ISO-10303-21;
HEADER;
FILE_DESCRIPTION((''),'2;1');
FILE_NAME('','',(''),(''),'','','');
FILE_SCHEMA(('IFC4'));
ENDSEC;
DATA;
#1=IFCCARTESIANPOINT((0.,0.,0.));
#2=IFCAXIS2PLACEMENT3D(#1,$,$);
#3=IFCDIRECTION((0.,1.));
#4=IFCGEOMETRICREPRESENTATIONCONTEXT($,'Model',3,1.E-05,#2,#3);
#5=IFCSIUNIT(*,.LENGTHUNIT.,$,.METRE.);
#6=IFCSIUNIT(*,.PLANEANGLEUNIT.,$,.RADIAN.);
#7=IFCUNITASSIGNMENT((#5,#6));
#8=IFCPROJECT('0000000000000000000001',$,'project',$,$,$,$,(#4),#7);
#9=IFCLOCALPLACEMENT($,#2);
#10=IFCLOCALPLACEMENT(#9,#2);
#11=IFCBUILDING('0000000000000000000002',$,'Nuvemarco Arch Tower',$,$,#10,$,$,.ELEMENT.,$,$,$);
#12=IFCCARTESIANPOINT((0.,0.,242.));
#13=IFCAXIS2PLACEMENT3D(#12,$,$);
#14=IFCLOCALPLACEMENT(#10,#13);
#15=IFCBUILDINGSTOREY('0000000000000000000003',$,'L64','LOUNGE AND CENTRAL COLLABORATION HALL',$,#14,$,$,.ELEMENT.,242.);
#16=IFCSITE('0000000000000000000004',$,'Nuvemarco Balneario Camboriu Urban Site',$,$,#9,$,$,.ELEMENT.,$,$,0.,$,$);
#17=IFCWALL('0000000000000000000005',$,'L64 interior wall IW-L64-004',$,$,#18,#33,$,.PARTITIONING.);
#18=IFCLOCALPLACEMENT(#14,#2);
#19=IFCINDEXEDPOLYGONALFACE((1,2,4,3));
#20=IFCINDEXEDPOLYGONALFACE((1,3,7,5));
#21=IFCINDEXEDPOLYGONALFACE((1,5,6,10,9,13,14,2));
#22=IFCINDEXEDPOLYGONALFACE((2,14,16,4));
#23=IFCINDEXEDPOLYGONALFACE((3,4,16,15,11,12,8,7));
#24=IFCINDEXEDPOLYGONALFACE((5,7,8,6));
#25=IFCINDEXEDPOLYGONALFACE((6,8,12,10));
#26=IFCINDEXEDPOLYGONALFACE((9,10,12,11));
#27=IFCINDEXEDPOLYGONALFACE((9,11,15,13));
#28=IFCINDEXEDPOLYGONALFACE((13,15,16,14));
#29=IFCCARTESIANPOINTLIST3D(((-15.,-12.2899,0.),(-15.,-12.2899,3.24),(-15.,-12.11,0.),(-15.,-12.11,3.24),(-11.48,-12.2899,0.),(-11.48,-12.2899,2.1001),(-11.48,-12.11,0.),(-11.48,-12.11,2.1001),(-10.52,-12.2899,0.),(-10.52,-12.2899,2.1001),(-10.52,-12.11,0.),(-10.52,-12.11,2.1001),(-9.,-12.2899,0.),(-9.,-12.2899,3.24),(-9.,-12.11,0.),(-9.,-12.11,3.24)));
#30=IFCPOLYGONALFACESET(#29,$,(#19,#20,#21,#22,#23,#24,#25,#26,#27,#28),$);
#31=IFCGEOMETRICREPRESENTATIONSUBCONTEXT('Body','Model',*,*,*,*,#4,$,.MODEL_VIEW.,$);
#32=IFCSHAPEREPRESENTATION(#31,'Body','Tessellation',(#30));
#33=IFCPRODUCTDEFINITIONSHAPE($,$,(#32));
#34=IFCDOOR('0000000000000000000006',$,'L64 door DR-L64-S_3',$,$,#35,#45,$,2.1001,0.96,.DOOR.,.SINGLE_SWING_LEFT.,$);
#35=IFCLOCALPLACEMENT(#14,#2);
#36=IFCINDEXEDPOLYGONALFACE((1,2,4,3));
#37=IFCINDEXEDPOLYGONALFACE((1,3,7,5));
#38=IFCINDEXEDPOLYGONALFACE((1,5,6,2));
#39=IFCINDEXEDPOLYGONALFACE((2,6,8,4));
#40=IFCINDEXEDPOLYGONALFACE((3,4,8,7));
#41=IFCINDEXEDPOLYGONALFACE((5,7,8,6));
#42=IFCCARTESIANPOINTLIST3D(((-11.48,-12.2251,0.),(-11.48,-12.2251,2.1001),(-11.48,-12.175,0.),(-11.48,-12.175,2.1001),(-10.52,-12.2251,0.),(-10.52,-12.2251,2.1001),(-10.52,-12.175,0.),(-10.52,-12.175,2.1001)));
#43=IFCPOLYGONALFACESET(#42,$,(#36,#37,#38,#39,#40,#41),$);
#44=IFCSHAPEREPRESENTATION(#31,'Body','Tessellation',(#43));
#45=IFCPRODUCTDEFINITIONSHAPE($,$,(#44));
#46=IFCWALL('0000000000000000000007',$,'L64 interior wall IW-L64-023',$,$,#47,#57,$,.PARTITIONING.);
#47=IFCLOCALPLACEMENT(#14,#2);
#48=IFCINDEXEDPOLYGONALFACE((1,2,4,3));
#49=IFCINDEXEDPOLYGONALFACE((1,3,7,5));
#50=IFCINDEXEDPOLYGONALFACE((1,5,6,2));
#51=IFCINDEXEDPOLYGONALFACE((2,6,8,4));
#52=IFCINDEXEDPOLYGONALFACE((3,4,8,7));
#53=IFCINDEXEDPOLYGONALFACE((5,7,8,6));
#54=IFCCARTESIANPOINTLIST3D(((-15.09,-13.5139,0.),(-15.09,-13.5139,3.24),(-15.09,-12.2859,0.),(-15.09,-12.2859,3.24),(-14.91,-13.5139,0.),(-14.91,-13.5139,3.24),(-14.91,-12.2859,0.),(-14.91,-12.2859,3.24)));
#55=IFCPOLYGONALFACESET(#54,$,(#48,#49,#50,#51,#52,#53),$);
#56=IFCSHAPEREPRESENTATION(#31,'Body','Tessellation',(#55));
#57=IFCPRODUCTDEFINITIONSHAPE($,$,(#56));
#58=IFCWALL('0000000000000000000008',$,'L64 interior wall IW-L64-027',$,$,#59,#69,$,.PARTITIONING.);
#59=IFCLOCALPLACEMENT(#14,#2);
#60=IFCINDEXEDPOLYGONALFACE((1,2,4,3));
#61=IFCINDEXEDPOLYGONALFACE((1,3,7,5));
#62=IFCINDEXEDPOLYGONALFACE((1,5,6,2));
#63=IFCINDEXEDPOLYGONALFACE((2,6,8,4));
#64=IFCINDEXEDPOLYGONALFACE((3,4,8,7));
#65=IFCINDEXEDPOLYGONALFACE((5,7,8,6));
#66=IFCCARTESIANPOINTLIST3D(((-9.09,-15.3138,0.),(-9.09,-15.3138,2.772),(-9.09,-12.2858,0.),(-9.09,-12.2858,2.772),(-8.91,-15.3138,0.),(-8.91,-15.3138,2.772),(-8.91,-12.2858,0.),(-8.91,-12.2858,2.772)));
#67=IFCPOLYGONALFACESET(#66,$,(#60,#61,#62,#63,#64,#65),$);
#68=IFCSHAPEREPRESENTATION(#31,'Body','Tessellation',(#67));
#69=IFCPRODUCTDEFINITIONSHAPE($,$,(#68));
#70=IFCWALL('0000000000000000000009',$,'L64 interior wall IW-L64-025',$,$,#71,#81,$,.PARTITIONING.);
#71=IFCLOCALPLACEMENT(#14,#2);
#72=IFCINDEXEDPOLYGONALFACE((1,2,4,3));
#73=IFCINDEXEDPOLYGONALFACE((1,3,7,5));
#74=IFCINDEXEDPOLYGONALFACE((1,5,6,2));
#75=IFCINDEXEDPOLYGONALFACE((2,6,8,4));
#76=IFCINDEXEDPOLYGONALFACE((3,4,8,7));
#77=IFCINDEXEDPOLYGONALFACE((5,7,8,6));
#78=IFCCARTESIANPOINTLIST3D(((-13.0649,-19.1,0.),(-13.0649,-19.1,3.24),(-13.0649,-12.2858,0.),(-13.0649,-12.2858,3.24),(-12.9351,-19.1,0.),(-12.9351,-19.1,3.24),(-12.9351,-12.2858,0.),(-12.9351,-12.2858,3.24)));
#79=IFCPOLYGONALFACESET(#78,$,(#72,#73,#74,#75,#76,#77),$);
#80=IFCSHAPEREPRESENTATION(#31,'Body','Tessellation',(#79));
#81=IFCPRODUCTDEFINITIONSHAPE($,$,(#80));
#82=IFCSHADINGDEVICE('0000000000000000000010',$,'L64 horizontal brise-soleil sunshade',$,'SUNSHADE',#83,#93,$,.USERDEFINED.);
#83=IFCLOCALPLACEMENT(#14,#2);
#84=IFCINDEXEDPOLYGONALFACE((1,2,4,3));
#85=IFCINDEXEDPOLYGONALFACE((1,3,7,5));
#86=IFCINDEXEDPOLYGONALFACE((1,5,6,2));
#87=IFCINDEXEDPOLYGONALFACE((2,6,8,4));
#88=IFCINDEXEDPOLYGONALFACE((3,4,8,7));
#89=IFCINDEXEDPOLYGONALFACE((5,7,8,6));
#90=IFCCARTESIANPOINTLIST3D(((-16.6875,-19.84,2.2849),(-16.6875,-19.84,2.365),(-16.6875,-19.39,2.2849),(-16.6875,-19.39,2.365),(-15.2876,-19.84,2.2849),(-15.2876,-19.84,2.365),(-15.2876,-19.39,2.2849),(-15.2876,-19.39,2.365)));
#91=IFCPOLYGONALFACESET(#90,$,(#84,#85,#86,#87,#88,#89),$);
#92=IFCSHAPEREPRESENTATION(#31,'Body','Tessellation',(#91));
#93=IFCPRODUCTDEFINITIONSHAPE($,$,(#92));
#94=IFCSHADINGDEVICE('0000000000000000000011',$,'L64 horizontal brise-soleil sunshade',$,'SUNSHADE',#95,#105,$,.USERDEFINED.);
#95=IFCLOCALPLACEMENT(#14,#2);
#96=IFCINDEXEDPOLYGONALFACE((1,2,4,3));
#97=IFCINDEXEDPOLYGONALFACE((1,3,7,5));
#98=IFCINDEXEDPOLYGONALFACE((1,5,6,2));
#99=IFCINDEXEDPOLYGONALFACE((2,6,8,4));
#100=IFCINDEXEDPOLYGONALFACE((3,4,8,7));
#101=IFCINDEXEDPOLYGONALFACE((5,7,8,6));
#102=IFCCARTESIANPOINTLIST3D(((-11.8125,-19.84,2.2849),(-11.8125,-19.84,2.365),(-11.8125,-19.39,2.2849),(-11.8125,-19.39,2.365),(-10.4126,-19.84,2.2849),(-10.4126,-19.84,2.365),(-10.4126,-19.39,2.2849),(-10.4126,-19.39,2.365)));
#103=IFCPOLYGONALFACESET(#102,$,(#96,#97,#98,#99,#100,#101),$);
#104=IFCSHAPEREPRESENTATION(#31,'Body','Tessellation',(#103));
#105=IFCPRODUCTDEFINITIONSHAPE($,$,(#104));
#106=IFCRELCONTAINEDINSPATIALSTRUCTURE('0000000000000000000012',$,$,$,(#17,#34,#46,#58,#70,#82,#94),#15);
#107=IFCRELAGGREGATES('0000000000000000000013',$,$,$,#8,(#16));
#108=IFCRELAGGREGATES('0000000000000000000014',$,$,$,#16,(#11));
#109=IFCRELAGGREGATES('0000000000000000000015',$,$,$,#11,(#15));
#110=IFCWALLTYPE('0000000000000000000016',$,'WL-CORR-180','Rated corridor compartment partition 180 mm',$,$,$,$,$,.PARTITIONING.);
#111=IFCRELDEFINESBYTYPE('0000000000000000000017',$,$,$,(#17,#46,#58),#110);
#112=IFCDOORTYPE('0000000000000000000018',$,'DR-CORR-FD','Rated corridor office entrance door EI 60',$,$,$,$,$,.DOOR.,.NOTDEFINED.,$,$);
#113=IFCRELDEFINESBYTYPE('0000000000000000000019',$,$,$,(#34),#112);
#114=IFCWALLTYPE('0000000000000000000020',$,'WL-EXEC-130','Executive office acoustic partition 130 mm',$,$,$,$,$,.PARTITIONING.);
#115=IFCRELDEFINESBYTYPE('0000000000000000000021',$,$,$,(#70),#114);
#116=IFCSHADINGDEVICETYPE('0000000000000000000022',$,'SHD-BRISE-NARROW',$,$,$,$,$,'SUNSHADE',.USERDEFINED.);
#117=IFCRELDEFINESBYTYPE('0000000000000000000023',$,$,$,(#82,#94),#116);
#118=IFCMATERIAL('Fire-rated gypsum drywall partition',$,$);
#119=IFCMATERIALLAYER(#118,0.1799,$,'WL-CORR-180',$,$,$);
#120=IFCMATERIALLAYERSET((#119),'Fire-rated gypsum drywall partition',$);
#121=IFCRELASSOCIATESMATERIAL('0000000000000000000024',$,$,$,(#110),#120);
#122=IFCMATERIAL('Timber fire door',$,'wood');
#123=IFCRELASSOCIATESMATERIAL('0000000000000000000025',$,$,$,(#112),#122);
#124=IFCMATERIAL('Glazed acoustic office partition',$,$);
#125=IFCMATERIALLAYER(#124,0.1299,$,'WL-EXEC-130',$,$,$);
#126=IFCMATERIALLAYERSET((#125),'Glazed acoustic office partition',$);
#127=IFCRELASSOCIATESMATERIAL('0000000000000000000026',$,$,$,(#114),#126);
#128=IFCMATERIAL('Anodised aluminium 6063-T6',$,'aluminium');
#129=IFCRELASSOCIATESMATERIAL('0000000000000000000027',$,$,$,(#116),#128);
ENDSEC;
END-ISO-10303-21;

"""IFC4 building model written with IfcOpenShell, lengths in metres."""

from ifc_helpers import new_model, si_unit, direction, frame, frame_2d, origin, origin_2d, place, context, subcontext, project, spatial, rectangle, extrude, source, transform, mapped, material, layer, layer_set, type_object, type_shapes, element, fill, save


model = new_model("IFC4")

# Units and contexts
model_context = context("Model", 3, precision=1e-05, world=origin(), true_north=direction((0.0, 1.0)))
body_context = subcontext(model_context, "Body", "Model", "MODEL_VIEW")
ifc_project = project(units=[si_unit("LENGTHUNIT", "METRE"), si_unit("PLANEANGLEUNIT", "RADIAN")], contexts=[model_context])

# Site, building, storey
site_placement = place(None, origin())
site = spatial("IfcSite", under=ifc_project, at=site_placement, Name="Nuvemarco Balneario Camboriu Urban Site", CompositionType="ELEMENT", RefElevation=0.0)
building_placement = place(site_placement, origin())
building = spatial("IfcBuilding", under=site, at=building_placement, Name="Nuvemarco Arch Tower", CompositionType="ELEMENT")
storey_placement = place(building_placement, frame((0.0, 0.0, 242.0)))
storey = spatial("IfcBuildingStorey", under=building, at=storey_placement, Name="L64", Description="LOUNGE AND CENTRAL COLLABORATION HALL", CompositionType="ELEMENT", Elevation=242.0)

# Shared definitions
ifc_material_1 = material(Name="Fire-rated gypsum drywall partition")
ifc_layer_1 = layer(ifc_material_1, 0.1799, Name="WL-CORR-180")
ifc_layer_set_1 = layer_set([ifc_layer_1], Name="Fire-rated gypsum drywall partition")
wall_type_1 = type_object("IfcWallType", Name="WL-CORR-180", Description="Rated corridor compartment partition 180 mm", PredefinedType="PARTITIONING", material=ifc_layer_set_1)

# Wall, opening, door
wall_1_placement = place(storey_placement, frame((-15.0, -12.2, 0.0), z_axis=(0.0, 0.0, 1.0), x_axis=(1.0, 0.0, 0.0)))
wall_1 = element("IfcWall", 1, at=wall_1_placement, inside=storey, type_object=wall_type_1, Name="L64 interior wall IW-L64-004", PredefinedType="PARTITIONING", context=body_context, shape_type="SweptSolid", body=[
    extrude(rectangle(XDim=6.0, YDim=0.1799, at=frame_2d((3.0, 0.0))), origin(), (0.0, 0.0, 1.0), 3.24),
])
opening_placement = place(wall_1_placement, frame((3.52, 0.0, 0.0)))
opening = element("IfcOpeningElement", 2, at=opening_placement, cuts=wall_1, PredefinedType="OPENING", context=body_context, shape_type="SweptSolid", body=[
    extrude(rectangle(XDim=0.96, YDim=2.1001, at=frame_2d((0.48, 1.05))), frame((0.0, 0.0999, 0.0), z_axis=(0.0, -1.0, 0.0), x_axis=(1.0, 0.0, 0.0)), (0.0, 0.0, 1.0), 0.2),
])
ifc_material_2 = material(Name="Timber fire door", Category="wood")
door_type = type_object("IfcDoorType", Name="DR-CORR-FD", Description="Rated corridor office entrance door EI 60", OperationType="NOTDEFINED", PredefinedType="DOOR", material=ifc_material_2)
shared_shape_1 = source(origin(), body_context, "Body", "SweptSolid", [
    extrude(rectangle(XDim=0.96, YDim=2.1001, at=frame_2d((0.48, 1.05))), frame((0.0, 0.0249, 0.0), z_axis=(0.0, -1.0, 0.0), x_axis=(1.0, 0.0, 0.0)), (0.0, 0.0, 1.0), 0.05),
])
type_shapes(door_type, [shared_shape_1])
door_placement = place(opening_placement, origin())
door = element("IfcDoor", 3, at=door_placement, inside=storey, type_object=door_type, Name="L64 door DR-L64-S_3", OperationType="SINGLE_SWING_LEFT", OverallHeight=2.1001, OverallWidth=0.96, PredefinedType="DOOR", context=body_context, shape_type="MappedRepresentation", body=[
    mapped(shared_shape_1, transform((0.0, 0.0, 0.0), scale=1.0)),
])
fill(opening, door)

# Walls
wall_2_placement = place(storey_placement, frame((-15.0, -13.5139, 0.0), z_axis=(0.0, 0.0, 1.0), x_axis=(0.0, 1.0, 0.0)))
element("IfcWall", 4, at=wall_2_placement, inside=storey, type_object=wall_type_1, Name="L64 interior wall IW-L64-023", PredefinedType="PARTITIONING", context=body_context, shape_type="SweptSolid", body=[
    extrude(rectangle(XDim=1.228, YDim=0.1799, at=frame_2d((0.614, 0.0))), origin(), (0.0, 0.0, 1.0), 3.24),
])
wall_3_placement = place(storey_placement, frame((-9.0, -15.314, 0.0), z_axis=(0.0, 0.0, 1.0), x_axis=(0.0, 1.0, 0.0)))
element("IfcWall", 5, at=wall_3_placement, inside=storey, type_object=wall_type_1, Name="L64 interior wall IW-L64-027", PredefinedType="PARTITIONING", context=body_context, shape_type="SweptSolid", body=[
    extrude(rectangle(XDim=3.0281, YDim=0.1799, at=frame_2d((1.5142, 0.0))), origin(), (0.0, 0.0, 1.0), 2.772),
])
ifc_material_3 = material(Name="Glazed acoustic office partition")
ifc_layer_2 = layer(ifc_material_3, 0.1299, Name="WL-EXEC-130")
ifc_layer_set_2 = layer_set([ifc_layer_2], Name="Glazed acoustic office partition")
wall_type_2 = type_object("IfcWallType", Name="WL-EXEC-130", Description="Executive office acoustic partition 130 mm", PredefinedType="PARTITIONING", material=ifc_layer_set_2)
wall_4_placement = place(storey_placement, frame((-13.0, -19.1001, 0.0), z_axis=(0.0, 0.0, 1.0), x_axis=(0.0, 1.0, 0.0)))
element("IfcWall", 6, at=wall_4_placement, inside=storey, type_object=wall_type_2, Name="L64 interior wall IW-L64-025", PredefinedType="PARTITIONING", context=body_context, shape_type="SweptSolid", body=[
    extrude(rectangle(XDim=6.8142, YDim=0.1299, at=frame_2d((3.4072, 0.0))), origin(), (0.0, 0.0, 1.0), 3.24),
])

# Shading devices
ifc_material_4 = material(Name="Anodised aluminium 6063-T6", Category="aluminium")
shading_device_type = type_object("IfcShadingDeviceType", Name="SHD-BRISE-NARROW", ElementType="SUNSHADE", PredefinedType="USERDEFINED", material=ifc_material_4)
shared_shape_2 = source(origin(), body_context, "Body", "SweptSolid", [
    extrude(rectangle(XDim=1.3999, YDim=0.45, at=origin_2d()), origin(), (0.0, 0.0, 1.0), 0.0801),
])
type_shapes(shading_device_type, [shared_shape_2])
for number, where, z_axis, x_axis, name in (
    (7, (-15.9875, -19.615, 2.2849), (0.0, 0.0, 1.0), (1.0, 0.0, 0.0), "L64 horizontal brise-soleil sunshade"),
    (8, (-11.1125, -19.615, 2.2849), (0.0, 0.0, 1.0), (1.0, 0.0, 0.0), "L64 horizontal brise-soleil sunshade"),
):
    element("IfcShadingDevice", number, at=place(storey_placement, frame(where, z_axis=z_axis, x_axis=x_axis)), inside=storey, type_object=shading_device_type, Name=name, ObjectType="SUNSHADE", PredefinedType="USERDEFINED", context=body_context, shape_type="MappedRepresentation", body=[
        mapped(shared_shape_2, transform((0.0, 0.0, 0.0), scale=1.0)),
    ])

save(model, "model.ifc")
